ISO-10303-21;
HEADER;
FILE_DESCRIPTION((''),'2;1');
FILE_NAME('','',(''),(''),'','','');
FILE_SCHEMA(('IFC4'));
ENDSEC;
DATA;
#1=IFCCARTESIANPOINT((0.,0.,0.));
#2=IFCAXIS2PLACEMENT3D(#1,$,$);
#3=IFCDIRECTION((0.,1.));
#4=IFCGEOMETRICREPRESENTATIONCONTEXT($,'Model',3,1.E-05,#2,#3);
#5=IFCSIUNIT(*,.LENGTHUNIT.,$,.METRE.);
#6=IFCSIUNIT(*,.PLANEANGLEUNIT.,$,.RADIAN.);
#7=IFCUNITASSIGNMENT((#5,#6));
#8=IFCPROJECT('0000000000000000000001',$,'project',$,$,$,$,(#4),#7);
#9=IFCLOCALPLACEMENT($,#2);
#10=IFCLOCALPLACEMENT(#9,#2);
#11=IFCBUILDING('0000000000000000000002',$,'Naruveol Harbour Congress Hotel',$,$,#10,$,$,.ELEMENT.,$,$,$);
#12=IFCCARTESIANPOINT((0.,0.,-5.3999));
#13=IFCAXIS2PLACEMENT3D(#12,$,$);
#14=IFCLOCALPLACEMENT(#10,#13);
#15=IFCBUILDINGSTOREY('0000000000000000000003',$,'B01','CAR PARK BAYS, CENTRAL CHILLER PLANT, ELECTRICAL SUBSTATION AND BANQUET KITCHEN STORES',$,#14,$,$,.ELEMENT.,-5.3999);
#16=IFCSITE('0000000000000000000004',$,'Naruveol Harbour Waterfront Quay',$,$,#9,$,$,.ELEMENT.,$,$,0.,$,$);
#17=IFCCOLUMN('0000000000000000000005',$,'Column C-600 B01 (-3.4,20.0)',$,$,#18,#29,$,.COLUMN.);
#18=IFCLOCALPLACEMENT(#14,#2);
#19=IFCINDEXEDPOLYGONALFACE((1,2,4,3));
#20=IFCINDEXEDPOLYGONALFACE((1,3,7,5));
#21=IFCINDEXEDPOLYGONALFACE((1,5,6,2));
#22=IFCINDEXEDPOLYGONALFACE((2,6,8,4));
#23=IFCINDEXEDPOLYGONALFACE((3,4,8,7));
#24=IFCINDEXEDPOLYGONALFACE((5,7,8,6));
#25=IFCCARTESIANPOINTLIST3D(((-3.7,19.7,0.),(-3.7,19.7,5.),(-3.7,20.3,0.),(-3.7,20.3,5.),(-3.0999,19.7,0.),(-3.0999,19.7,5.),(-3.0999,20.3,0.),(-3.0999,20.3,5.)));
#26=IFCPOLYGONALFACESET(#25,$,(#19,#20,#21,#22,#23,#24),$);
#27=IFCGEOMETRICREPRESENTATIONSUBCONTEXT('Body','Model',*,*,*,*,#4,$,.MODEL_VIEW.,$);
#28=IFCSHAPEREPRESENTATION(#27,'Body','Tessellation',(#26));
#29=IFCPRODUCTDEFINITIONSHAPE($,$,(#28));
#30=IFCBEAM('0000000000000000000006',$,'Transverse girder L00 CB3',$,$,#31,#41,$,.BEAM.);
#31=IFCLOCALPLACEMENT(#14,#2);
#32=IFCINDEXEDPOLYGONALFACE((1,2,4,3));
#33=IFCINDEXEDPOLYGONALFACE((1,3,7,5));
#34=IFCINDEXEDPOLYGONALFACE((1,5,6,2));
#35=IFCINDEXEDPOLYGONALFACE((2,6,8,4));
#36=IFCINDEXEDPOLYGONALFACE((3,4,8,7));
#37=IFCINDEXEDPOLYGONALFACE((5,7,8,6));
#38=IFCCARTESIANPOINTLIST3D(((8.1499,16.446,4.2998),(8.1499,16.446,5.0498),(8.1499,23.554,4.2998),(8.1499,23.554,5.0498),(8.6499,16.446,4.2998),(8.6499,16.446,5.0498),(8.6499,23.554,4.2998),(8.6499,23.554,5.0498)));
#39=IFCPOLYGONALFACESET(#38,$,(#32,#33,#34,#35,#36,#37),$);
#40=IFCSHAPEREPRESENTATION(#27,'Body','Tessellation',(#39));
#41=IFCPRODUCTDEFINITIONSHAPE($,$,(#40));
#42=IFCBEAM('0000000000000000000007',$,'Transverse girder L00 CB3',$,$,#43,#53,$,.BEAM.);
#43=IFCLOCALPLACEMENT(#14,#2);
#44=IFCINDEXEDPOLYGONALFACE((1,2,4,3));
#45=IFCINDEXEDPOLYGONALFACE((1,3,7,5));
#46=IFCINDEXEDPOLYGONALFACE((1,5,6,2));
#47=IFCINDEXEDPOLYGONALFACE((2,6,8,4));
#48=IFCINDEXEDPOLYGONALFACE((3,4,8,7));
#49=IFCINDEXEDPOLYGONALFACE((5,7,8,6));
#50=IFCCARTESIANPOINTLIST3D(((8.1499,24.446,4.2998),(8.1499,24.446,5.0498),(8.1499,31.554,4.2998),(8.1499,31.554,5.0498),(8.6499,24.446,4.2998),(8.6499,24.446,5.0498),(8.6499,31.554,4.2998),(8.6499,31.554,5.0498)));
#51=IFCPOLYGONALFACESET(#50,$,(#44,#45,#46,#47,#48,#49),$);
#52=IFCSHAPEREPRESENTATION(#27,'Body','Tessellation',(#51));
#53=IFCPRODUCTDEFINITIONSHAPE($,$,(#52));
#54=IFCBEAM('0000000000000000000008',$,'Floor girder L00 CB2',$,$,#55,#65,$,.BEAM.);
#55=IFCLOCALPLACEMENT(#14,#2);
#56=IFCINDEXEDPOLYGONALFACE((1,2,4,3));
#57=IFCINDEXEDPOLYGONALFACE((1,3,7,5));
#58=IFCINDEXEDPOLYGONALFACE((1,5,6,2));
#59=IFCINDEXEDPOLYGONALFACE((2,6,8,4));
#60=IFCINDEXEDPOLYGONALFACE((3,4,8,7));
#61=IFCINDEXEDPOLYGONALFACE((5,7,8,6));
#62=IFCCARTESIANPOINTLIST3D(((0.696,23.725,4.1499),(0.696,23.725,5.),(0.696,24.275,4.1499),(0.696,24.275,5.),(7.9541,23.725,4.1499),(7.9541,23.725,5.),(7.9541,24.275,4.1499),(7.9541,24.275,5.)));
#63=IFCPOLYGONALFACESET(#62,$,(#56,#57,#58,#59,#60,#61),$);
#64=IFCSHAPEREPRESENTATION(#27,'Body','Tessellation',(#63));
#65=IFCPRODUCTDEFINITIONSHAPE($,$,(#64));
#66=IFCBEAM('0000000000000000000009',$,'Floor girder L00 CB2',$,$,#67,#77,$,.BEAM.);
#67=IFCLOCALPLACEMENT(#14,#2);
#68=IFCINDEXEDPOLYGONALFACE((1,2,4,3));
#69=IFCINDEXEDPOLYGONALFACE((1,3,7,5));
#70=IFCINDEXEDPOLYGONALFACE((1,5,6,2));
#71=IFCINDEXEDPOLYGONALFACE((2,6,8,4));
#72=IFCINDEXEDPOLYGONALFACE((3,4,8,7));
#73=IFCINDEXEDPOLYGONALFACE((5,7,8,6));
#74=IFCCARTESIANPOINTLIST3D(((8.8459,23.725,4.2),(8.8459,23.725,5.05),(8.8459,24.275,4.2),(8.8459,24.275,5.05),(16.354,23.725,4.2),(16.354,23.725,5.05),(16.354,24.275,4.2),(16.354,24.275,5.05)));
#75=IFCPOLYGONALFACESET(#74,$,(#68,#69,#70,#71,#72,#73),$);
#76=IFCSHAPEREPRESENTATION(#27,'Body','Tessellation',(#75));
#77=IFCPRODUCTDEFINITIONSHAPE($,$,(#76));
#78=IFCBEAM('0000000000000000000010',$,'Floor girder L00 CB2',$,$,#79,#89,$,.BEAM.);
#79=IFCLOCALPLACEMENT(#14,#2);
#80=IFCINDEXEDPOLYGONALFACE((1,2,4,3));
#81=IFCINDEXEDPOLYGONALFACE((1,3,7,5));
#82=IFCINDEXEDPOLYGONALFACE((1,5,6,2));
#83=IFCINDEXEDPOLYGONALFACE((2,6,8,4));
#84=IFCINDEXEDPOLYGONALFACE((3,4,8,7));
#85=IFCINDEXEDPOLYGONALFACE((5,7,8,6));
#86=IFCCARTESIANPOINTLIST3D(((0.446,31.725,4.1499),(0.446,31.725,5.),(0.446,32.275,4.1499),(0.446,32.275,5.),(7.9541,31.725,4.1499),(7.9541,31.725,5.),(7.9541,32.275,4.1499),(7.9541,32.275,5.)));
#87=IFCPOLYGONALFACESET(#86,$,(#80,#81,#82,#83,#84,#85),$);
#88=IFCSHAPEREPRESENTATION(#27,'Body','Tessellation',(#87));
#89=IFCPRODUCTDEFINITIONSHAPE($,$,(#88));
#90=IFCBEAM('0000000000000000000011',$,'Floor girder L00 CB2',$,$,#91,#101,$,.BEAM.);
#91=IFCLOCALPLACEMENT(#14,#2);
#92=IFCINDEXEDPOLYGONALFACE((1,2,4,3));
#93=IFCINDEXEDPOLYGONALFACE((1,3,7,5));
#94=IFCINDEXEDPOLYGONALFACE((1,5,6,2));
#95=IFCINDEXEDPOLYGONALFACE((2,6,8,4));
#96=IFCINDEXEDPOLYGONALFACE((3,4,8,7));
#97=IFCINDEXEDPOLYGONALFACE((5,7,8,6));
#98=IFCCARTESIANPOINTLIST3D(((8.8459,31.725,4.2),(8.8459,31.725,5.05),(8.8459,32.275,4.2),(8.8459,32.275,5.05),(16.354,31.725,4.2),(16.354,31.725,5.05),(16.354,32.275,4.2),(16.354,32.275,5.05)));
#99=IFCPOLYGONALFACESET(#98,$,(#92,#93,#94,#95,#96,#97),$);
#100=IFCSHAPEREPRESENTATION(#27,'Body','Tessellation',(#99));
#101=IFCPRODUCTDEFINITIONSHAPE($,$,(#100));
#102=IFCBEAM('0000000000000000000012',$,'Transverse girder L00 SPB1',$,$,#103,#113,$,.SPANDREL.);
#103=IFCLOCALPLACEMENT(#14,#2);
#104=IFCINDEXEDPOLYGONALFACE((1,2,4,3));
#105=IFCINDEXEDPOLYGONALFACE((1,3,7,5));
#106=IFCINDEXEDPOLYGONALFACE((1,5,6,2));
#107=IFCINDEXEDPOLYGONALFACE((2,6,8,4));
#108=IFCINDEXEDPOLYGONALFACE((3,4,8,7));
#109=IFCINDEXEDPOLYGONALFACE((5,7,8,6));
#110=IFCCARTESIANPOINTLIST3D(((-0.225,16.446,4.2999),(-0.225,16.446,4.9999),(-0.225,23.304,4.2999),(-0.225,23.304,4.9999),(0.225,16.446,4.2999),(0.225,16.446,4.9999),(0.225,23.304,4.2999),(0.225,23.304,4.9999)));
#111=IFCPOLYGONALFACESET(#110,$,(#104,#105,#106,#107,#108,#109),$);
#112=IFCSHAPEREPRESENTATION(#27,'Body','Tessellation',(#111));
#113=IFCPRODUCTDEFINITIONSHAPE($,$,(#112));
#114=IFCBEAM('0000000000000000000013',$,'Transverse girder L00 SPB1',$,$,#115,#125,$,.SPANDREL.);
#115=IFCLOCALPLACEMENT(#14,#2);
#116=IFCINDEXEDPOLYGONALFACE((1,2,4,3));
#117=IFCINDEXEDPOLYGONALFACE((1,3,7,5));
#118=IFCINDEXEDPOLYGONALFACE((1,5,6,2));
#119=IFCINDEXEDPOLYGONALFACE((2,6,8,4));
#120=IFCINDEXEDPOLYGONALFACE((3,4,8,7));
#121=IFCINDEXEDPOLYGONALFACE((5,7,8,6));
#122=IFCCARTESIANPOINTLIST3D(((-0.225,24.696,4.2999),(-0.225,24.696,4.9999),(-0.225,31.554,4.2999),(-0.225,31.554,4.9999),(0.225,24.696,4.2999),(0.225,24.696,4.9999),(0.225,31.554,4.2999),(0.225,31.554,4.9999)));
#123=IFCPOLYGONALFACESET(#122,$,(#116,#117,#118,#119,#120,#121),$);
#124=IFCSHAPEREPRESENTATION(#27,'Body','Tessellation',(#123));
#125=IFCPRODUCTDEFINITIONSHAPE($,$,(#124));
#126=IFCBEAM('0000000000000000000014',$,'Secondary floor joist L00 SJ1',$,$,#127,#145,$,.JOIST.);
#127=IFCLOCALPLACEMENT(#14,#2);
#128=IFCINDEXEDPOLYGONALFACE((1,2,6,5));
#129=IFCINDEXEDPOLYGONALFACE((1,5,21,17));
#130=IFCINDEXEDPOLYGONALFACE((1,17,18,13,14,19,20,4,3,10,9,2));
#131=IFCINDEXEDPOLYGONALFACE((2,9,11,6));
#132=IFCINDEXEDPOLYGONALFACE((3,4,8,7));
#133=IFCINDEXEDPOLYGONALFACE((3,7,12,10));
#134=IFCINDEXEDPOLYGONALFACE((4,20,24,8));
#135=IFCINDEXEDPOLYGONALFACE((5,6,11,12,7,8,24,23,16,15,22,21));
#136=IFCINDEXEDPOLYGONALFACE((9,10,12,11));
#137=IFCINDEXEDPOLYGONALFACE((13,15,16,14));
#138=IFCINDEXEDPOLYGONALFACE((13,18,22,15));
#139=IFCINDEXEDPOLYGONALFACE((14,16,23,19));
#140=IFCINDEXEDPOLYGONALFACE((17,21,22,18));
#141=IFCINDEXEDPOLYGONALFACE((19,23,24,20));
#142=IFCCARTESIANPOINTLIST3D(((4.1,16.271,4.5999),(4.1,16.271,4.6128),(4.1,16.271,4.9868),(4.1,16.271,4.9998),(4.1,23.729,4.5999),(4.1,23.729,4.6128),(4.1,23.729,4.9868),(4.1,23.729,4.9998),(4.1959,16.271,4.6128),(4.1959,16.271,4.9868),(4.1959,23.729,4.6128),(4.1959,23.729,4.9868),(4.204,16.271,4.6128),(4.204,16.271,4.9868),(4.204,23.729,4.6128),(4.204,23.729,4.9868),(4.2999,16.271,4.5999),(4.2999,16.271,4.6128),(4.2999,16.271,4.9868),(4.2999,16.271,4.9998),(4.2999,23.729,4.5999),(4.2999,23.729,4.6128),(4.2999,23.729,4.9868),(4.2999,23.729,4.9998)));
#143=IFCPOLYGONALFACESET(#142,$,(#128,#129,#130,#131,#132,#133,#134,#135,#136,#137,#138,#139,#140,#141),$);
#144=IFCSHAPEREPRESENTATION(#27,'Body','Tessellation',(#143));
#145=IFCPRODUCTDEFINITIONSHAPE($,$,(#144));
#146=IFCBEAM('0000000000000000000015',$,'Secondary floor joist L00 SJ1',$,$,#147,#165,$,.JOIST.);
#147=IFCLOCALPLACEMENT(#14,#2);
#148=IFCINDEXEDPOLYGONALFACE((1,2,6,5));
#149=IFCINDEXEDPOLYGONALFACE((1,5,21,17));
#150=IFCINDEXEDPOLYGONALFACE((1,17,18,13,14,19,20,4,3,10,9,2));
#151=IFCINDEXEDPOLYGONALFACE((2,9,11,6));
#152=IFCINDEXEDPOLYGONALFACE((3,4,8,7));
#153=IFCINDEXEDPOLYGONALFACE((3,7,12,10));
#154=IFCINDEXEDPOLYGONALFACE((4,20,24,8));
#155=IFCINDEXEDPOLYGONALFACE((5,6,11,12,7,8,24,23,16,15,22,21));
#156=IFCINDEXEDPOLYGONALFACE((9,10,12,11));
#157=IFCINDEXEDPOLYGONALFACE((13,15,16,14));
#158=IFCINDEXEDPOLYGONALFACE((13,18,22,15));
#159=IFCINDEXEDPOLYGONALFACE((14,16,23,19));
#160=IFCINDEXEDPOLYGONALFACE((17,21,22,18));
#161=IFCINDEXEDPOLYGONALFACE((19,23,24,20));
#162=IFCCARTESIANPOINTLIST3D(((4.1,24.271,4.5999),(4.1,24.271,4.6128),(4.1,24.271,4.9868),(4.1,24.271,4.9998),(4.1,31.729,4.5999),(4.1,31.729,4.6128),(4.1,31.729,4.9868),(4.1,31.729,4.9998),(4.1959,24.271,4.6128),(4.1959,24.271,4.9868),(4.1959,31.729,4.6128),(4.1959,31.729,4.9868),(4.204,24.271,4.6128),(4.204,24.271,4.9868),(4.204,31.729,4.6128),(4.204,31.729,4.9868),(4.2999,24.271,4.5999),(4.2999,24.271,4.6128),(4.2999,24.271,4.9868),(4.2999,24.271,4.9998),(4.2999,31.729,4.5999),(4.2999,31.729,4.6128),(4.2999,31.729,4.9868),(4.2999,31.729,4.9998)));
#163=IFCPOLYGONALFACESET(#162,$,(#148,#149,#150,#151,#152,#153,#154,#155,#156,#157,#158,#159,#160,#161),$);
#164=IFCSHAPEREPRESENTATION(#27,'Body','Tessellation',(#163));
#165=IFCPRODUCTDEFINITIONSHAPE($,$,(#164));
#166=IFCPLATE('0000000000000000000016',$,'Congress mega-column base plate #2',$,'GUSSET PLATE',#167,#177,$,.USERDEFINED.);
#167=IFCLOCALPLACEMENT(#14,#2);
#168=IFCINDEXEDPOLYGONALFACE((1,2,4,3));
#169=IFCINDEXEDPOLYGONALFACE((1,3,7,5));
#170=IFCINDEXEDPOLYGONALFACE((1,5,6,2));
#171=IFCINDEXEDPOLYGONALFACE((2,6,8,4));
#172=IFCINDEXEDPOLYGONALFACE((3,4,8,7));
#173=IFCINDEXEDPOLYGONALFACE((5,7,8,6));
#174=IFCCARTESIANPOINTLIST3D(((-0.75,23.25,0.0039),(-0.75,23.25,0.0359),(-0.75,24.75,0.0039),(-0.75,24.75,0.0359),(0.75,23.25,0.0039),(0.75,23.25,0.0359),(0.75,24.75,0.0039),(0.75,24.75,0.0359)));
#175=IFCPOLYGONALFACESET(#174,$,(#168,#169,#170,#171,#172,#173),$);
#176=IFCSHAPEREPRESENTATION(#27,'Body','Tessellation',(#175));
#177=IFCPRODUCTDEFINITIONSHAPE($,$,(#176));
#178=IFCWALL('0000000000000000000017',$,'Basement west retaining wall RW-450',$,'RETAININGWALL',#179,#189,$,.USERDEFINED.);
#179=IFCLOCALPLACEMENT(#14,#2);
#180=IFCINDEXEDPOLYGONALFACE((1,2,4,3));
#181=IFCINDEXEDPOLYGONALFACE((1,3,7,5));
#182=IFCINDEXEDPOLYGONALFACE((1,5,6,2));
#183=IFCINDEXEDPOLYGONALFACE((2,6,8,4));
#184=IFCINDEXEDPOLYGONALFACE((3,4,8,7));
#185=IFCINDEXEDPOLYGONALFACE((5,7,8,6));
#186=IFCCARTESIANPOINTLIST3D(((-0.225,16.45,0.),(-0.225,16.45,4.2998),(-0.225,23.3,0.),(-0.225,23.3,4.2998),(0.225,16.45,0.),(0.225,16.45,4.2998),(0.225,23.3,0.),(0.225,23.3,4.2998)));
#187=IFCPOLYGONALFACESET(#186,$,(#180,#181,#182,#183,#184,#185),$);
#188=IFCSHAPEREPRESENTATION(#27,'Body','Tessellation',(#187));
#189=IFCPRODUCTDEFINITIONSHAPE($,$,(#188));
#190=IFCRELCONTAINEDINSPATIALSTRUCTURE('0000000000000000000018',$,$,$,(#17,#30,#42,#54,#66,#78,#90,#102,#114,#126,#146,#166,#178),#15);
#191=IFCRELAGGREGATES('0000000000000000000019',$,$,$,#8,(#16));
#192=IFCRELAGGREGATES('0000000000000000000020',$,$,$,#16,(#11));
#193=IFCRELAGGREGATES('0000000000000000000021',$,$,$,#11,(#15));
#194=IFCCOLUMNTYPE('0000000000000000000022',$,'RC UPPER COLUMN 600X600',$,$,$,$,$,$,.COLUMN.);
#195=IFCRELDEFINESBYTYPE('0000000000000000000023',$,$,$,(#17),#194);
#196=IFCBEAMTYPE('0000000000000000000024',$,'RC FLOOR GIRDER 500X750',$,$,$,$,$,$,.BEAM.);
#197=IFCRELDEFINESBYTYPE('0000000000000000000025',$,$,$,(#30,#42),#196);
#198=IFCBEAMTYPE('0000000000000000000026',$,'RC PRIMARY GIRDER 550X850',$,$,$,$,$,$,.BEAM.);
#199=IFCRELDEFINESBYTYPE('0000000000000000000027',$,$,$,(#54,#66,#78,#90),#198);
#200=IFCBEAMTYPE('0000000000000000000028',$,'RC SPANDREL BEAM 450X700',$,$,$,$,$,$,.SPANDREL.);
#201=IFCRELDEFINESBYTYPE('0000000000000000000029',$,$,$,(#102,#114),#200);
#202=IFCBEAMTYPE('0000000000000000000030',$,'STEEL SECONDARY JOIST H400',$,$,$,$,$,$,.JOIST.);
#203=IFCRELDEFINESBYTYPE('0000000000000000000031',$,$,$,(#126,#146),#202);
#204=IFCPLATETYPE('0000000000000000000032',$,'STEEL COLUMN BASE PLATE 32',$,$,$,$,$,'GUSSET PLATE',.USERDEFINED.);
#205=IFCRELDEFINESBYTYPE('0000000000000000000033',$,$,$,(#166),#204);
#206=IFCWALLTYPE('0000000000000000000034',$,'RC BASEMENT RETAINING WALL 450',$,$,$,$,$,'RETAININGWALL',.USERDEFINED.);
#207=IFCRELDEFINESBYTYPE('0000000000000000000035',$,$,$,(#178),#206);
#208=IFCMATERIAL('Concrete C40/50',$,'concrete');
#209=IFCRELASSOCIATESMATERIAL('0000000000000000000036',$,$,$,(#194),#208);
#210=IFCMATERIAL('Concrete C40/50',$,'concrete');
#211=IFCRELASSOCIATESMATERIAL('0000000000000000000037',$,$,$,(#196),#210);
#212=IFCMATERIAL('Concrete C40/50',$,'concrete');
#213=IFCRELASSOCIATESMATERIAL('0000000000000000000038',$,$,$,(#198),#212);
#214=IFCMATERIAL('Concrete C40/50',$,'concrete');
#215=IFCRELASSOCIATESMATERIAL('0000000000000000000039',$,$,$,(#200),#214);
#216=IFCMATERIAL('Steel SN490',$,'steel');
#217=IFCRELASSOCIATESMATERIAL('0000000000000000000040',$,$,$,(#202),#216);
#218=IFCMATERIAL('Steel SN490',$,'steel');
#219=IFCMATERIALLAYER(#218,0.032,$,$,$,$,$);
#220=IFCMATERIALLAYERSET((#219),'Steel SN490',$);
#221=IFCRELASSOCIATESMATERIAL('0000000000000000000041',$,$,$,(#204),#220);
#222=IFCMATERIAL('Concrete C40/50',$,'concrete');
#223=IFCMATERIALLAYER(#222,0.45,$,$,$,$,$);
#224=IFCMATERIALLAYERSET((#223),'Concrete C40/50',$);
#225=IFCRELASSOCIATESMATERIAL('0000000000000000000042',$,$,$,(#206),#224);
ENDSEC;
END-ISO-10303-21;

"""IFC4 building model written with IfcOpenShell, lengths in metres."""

from ifc_helpers import new_model, si_unit, direction, frame, frame_2d, origin, origin_2d, place, context, subcontext, project, spatial, rectangle, i_section, extrude, material, layer, layer_set, material_profile, profile_set, type_object, element, save


model = new_model("IFC4")

# Units and contexts
model_context = context("Model", 3, precision=1e-05, world=origin(), true_north=direction((0.0, 1.0)))
body_context = subcontext(model_context, "Body", "Model", "MODEL_VIEW")
ifc_project = project(units=[si_unit("LENGTHUNIT", "METRE"), si_unit("PLANEANGLEUNIT", "RADIAN")], contexts=[model_context])

# Site, building, storey
site_placement = place(None, origin())
site = spatial("IfcSite", under=ifc_project, at=site_placement, Name="Naruveol Harbour Waterfront Quay", CompositionType="ELEMENT", RefElevation=0.0)
building_placement = place(site_placement, origin())
building = spatial("IfcBuilding", under=site, at=building_placement, Name="Naruveol Harbour Congress Hotel", CompositionType="ELEMENT")
storey_placement = place(building_placement, frame((0.0, 0.0, -5.3999)))
storey = spatial("IfcBuildingStorey", under=building, at=storey_placement, Name="B01", Description="CAR PARK BAYS, CENTRAL CHILLER PLANT, ELECTRICAL SUBSTATION AND BANQUET KITCHEN STORES", CompositionType="ELEMENT", Elevation=-5.3999)

# Column
ifc_material_1 = material(Name="Concrete C40/50", Category="concrete")
ifc_material_profile_1 = material_profile(ifc_material_1, rectangle(XDim=0.6001, YDim=0.6001, at=origin_2d()), Name="RC-600x600")
ifc_profile_set_1 = profile_set([ifc_material_profile_1], Name="Concrete C40/50")
column_type_1 = type_object("IfcColumnType", Name="RC UPPER COLUMN 600X600", PredefinedType="COLUMN", material=ifc_profile_set_1)
column_1_placement = place(storey_placement, frame((-3.3999, 20.0, 0.0), z_axis=(0.0, 0.0, 1.0), x_axis=(1.0, 0.0, 0.0)))
element("IfcColumn", 1, at=column_1_placement, inside=storey, type_object=column_type_1, Name="Column C-600 B01 (-3.4,20.0)", PredefinedType="COLUMN", context=body_context, shape_type="SweptSolid", body=[
    extrude(rectangle(XDim=0.6001, YDim=0.6001, at=origin_2d()), origin(), (0.0, 0.0, 1.0), 5.0),
])

# Beams
ifc_material_2 = material(Name="Concrete C40/50", Category="concrete")
ifc_material_profile_2 = material_profile(ifc_material_2, rectangle(XDim=0.5, YDim=0.75, at=origin_2d()), Name="RCB-500x750")
ifc_profile_set_2 = profile_set([ifc_material_profile_2], Name="Concrete C40/50")
beam_type_1 = type_object("IfcBeamType", Name="RC FLOOR GIRDER 500X750", PredefinedType="BEAM", material=ifc_profile_set_2)
for number, where, z_axis, x_axis, name in (
    (2, (8.3999, 16.446, 4.6748), (0.0, 1.0, 0.0), (-1.0, 0.0, 0.0), "Transverse girder L00 CB3"),
    (3, (8.3999, 24.446, 4.6748), (0.0, 1.0, 0.0), (-1.0, 0.0, 0.0), "Transverse girder L00 CB3"),
):
    element("IfcBeam", number, at=place(storey_placement, frame(where, z_axis=z_axis, x_axis=x_axis)), inside=storey, type_object=beam_type_1, Name=name, PredefinedType="BEAM", context=body_context, shape_type="SweptSolid", body=[
        extrude(rectangle(XDim=0.5, YDim=0.75, at=origin_2d()), origin(), (0.0, 0.0, 1.0), 7.1079),
    ])
ifc_material_3 = material(Name="Concrete C40/50", Category="concrete")
ifc_material_profile_3 = material_profile(ifc_material_3, rectangle(XDim=0.55, YDim=0.8501, at=origin_2d()), Name="RCB-550x850")
ifc_profile_set_3 = profile_set([ifc_material_profile_3], Name="Concrete C40/50")
beam_type_2 = type_object("IfcBeamType", Name="RC PRIMARY GIRDER 550X850", PredefinedType="BEAM", material=ifc_profile_set_3)
beam_placement = place(storey_placement, frame((0.696, 24.0, 4.575), z_axis=(1.0, 0.0, 0.0), x_axis=(0.0, 1.0, 0.0)))
element("IfcBeam", 4, at=beam_placement, inside=storey, type_object=beam_type_2, Name="Floor girder L00 CB2", PredefinedType="BEAM", context=body_context, shape_type="SweptSolid", body=[
    extrude(rectangle(XDim=0.55, YDim=0.8501, at=origin_2d()), origin(), (0.0, 0.0, 1.0), 7.2581),
])
for number, where, z_axis, x_axis, name in (
    (5, (8.8459, 24.0, 4.625), (1.0, 0.0, 0.0), (0.0, 1.0, 0.0), "Floor girder L00 CB2"),
    (6, (0.446, 32.0, 4.575), (1.0, 0.0, 0.0), (0.0, 1.0, 0.0), "Floor girder L00 CB2"),
    (7, (8.8459, 32.0, 4.625), (1.0, 0.0, 0.0), (0.0, 1.0, 0.0), "Floor girder L00 CB2"),
):
    element("IfcBeam", number, at=place(storey_placement, frame(where, z_axis=z_axis, x_axis=x_axis)), inside=storey, type_object=beam_type_2, Name=name, PredefinedType="BEAM", context=body_context, shape_type="SweptSolid", body=[
        extrude(rectangle(XDim=0.55, YDim=0.8501, at=origin_2d()), origin(), (0.0, 0.0, 1.0), 7.5081),
    ])
ifc_material_4 = material(Name="Concrete C40/50", Category="concrete")
ifc_material_profile_4 = material_profile(ifc_material_4, rectangle(XDim=0.45, YDim=0.7, at=origin_2d()), Name="RCB-450x700")
ifc_profile_set_4 = profile_set([ifc_material_profile_4], Name="Concrete C40/50")
beam_type_3 = type_object("IfcBeamType", Name="RC SPANDREL BEAM 450X700", PredefinedType="SPANDREL", material=ifc_profile_set_4)
for number, where, z_axis, x_axis, name in (
    (8, (0.0, 16.446, 4.6499), (0.0, 1.0, 0.0), (-1.0, 0.0, 0.0), "Transverse girder L00 SPB1"),
    (9, (0.0, 24.696, 4.6499), (0.0, 1.0, 0.0), (-1.0, 0.0, 0.0), "Transverse girder L00 SPB1"),
):
    element("IfcBeam", number, at=place(storey_placement, frame(where, z_axis=z_axis, x_axis=x_axis)), inside=storey, type_object=beam_type_3, Name=name, PredefinedType="SPANDREL", context=body_context, shape_type="SweptSolid", body=[
        extrude(rectangle(XDim=0.45, YDim=0.7, at=origin_2d()), origin(), (0.0, 0.0, 1.0), 6.8579),
    ])
ifc_material_5 = material(Name="Steel SN490", Category="steel")
ifc_material_profile_5 = material_profile(ifc_material_5, i_section(OverallWidth=0.2, OverallDepth=0.3999, WebThickness=0.0081, FlangeThickness=0.0129, at=origin_2d()), Name="H-400x200x8x13")
ifc_profile_set_5 = profile_set([ifc_material_profile_5], Name="Steel SN490")
beam_type_4 = type_object("IfcBeamType", Name="STEEL SECONDARY JOIST H400", PredefinedType="JOIST", material=ifc_profile_set_5)
for number, where, z_axis, x_axis, name in (
    (10, (4.2, 16.271, 4.7998), (0.0, 1.0, 0.0), (-1.0, 0.0, 0.0), "Secondary floor joist L00 SJ1"),
    (11, (4.2, 24.271, 4.7998), (0.0, 1.0, 0.0), (-1.0, 0.0, 0.0), "Secondary floor joist L00 SJ1"),
):
    element("IfcBeam", number, at=place(storey_placement, frame(where, z_axis=z_axis, x_axis=x_axis)), inside=storey, type_object=beam_type_4, Name=name, PredefinedType="JOIST", context=body_context, shape_type="SweptSolid", body=[
        extrude(i_section(OverallWidth=0.2, OverallDepth=0.3999, WebThickness=0.0081, FlangeThickness=0.0129, at=origin_2d()), origin(), (0.0, 0.0, 1.0), 7.458),
    ])

# Plate
ifc_material_6 = material(Name="Steel SN490", Category="steel")
ifc_layer_1 = layer(ifc_material_6, 0.032)
ifc_layer_set_1 = layer_set([ifc_layer_1], Name="Steel SN490")
plate_type = type_object("IfcPlateType", Name="STEEL COLUMN BASE PLATE 32", ElementType="GUSSET PLATE", PredefinedType="USERDEFINED", material=ifc_layer_set_1)
plate_placement = place(storey_placement, frame((0.0, 24.0, 0.0039), z_axis=(0.0, 0.0, 1.0), x_axis=(1.0, 0.0, 0.0)))
element("IfcPlate", 12, at=plate_placement, inside=storey, type_object=plate_type, Name="Congress mega-column base plate #2", ObjectType="GUSSET PLATE", PredefinedType="USERDEFINED", context=body_context, shape_type="SweptSolid", body=[
    extrude(rectangle(XDim=1.5, YDim=1.5, at=origin_2d()), origin(), (0.0, 0.0, 1.0), 0.032),
])

# Wall
ifc_material_7 = material(Name="Concrete C40/50", Category="concrete")
ifc_layer_2 = layer(ifc_material_7, 0.45)
ifc_layer_set_2 = layer_set([ifc_layer_2], Name="Concrete C40/50")
wall_type = type_object("IfcWallType", Name="RC BASEMENT RETAINING WALL 450", ElementType="RETAININGWALL", PredefinedType="USERDEFINED", material=ifc_layer_set_2)
for number, where, z_axis, x_axis, name in (
    (13, (0.0, 16.45, 0.0), (0.0, 0.0, 1.0), (0.0, 1.0, 0.0), "Basement west retaining wall RW-450"),
):
    element("IfcWall", number, at=place(storey_placement, frame(where, z_axis=z_axis, x_axis=x_axis)), inside=storey, type_object=wall_type, Name=name, ObjectType="RETAININGWALL", PredefinedType="USERDEFINED", context=body_context, shape_type="SweptSolid", body=[
        extrude(rectangle(XDim=6.8501, YDim=0.45, at=frame_2d((3.425, 0.0))), origin(), (0.0, 0.0, 1.0), 4.2998),
    ])

save(model, "model.ifc")
